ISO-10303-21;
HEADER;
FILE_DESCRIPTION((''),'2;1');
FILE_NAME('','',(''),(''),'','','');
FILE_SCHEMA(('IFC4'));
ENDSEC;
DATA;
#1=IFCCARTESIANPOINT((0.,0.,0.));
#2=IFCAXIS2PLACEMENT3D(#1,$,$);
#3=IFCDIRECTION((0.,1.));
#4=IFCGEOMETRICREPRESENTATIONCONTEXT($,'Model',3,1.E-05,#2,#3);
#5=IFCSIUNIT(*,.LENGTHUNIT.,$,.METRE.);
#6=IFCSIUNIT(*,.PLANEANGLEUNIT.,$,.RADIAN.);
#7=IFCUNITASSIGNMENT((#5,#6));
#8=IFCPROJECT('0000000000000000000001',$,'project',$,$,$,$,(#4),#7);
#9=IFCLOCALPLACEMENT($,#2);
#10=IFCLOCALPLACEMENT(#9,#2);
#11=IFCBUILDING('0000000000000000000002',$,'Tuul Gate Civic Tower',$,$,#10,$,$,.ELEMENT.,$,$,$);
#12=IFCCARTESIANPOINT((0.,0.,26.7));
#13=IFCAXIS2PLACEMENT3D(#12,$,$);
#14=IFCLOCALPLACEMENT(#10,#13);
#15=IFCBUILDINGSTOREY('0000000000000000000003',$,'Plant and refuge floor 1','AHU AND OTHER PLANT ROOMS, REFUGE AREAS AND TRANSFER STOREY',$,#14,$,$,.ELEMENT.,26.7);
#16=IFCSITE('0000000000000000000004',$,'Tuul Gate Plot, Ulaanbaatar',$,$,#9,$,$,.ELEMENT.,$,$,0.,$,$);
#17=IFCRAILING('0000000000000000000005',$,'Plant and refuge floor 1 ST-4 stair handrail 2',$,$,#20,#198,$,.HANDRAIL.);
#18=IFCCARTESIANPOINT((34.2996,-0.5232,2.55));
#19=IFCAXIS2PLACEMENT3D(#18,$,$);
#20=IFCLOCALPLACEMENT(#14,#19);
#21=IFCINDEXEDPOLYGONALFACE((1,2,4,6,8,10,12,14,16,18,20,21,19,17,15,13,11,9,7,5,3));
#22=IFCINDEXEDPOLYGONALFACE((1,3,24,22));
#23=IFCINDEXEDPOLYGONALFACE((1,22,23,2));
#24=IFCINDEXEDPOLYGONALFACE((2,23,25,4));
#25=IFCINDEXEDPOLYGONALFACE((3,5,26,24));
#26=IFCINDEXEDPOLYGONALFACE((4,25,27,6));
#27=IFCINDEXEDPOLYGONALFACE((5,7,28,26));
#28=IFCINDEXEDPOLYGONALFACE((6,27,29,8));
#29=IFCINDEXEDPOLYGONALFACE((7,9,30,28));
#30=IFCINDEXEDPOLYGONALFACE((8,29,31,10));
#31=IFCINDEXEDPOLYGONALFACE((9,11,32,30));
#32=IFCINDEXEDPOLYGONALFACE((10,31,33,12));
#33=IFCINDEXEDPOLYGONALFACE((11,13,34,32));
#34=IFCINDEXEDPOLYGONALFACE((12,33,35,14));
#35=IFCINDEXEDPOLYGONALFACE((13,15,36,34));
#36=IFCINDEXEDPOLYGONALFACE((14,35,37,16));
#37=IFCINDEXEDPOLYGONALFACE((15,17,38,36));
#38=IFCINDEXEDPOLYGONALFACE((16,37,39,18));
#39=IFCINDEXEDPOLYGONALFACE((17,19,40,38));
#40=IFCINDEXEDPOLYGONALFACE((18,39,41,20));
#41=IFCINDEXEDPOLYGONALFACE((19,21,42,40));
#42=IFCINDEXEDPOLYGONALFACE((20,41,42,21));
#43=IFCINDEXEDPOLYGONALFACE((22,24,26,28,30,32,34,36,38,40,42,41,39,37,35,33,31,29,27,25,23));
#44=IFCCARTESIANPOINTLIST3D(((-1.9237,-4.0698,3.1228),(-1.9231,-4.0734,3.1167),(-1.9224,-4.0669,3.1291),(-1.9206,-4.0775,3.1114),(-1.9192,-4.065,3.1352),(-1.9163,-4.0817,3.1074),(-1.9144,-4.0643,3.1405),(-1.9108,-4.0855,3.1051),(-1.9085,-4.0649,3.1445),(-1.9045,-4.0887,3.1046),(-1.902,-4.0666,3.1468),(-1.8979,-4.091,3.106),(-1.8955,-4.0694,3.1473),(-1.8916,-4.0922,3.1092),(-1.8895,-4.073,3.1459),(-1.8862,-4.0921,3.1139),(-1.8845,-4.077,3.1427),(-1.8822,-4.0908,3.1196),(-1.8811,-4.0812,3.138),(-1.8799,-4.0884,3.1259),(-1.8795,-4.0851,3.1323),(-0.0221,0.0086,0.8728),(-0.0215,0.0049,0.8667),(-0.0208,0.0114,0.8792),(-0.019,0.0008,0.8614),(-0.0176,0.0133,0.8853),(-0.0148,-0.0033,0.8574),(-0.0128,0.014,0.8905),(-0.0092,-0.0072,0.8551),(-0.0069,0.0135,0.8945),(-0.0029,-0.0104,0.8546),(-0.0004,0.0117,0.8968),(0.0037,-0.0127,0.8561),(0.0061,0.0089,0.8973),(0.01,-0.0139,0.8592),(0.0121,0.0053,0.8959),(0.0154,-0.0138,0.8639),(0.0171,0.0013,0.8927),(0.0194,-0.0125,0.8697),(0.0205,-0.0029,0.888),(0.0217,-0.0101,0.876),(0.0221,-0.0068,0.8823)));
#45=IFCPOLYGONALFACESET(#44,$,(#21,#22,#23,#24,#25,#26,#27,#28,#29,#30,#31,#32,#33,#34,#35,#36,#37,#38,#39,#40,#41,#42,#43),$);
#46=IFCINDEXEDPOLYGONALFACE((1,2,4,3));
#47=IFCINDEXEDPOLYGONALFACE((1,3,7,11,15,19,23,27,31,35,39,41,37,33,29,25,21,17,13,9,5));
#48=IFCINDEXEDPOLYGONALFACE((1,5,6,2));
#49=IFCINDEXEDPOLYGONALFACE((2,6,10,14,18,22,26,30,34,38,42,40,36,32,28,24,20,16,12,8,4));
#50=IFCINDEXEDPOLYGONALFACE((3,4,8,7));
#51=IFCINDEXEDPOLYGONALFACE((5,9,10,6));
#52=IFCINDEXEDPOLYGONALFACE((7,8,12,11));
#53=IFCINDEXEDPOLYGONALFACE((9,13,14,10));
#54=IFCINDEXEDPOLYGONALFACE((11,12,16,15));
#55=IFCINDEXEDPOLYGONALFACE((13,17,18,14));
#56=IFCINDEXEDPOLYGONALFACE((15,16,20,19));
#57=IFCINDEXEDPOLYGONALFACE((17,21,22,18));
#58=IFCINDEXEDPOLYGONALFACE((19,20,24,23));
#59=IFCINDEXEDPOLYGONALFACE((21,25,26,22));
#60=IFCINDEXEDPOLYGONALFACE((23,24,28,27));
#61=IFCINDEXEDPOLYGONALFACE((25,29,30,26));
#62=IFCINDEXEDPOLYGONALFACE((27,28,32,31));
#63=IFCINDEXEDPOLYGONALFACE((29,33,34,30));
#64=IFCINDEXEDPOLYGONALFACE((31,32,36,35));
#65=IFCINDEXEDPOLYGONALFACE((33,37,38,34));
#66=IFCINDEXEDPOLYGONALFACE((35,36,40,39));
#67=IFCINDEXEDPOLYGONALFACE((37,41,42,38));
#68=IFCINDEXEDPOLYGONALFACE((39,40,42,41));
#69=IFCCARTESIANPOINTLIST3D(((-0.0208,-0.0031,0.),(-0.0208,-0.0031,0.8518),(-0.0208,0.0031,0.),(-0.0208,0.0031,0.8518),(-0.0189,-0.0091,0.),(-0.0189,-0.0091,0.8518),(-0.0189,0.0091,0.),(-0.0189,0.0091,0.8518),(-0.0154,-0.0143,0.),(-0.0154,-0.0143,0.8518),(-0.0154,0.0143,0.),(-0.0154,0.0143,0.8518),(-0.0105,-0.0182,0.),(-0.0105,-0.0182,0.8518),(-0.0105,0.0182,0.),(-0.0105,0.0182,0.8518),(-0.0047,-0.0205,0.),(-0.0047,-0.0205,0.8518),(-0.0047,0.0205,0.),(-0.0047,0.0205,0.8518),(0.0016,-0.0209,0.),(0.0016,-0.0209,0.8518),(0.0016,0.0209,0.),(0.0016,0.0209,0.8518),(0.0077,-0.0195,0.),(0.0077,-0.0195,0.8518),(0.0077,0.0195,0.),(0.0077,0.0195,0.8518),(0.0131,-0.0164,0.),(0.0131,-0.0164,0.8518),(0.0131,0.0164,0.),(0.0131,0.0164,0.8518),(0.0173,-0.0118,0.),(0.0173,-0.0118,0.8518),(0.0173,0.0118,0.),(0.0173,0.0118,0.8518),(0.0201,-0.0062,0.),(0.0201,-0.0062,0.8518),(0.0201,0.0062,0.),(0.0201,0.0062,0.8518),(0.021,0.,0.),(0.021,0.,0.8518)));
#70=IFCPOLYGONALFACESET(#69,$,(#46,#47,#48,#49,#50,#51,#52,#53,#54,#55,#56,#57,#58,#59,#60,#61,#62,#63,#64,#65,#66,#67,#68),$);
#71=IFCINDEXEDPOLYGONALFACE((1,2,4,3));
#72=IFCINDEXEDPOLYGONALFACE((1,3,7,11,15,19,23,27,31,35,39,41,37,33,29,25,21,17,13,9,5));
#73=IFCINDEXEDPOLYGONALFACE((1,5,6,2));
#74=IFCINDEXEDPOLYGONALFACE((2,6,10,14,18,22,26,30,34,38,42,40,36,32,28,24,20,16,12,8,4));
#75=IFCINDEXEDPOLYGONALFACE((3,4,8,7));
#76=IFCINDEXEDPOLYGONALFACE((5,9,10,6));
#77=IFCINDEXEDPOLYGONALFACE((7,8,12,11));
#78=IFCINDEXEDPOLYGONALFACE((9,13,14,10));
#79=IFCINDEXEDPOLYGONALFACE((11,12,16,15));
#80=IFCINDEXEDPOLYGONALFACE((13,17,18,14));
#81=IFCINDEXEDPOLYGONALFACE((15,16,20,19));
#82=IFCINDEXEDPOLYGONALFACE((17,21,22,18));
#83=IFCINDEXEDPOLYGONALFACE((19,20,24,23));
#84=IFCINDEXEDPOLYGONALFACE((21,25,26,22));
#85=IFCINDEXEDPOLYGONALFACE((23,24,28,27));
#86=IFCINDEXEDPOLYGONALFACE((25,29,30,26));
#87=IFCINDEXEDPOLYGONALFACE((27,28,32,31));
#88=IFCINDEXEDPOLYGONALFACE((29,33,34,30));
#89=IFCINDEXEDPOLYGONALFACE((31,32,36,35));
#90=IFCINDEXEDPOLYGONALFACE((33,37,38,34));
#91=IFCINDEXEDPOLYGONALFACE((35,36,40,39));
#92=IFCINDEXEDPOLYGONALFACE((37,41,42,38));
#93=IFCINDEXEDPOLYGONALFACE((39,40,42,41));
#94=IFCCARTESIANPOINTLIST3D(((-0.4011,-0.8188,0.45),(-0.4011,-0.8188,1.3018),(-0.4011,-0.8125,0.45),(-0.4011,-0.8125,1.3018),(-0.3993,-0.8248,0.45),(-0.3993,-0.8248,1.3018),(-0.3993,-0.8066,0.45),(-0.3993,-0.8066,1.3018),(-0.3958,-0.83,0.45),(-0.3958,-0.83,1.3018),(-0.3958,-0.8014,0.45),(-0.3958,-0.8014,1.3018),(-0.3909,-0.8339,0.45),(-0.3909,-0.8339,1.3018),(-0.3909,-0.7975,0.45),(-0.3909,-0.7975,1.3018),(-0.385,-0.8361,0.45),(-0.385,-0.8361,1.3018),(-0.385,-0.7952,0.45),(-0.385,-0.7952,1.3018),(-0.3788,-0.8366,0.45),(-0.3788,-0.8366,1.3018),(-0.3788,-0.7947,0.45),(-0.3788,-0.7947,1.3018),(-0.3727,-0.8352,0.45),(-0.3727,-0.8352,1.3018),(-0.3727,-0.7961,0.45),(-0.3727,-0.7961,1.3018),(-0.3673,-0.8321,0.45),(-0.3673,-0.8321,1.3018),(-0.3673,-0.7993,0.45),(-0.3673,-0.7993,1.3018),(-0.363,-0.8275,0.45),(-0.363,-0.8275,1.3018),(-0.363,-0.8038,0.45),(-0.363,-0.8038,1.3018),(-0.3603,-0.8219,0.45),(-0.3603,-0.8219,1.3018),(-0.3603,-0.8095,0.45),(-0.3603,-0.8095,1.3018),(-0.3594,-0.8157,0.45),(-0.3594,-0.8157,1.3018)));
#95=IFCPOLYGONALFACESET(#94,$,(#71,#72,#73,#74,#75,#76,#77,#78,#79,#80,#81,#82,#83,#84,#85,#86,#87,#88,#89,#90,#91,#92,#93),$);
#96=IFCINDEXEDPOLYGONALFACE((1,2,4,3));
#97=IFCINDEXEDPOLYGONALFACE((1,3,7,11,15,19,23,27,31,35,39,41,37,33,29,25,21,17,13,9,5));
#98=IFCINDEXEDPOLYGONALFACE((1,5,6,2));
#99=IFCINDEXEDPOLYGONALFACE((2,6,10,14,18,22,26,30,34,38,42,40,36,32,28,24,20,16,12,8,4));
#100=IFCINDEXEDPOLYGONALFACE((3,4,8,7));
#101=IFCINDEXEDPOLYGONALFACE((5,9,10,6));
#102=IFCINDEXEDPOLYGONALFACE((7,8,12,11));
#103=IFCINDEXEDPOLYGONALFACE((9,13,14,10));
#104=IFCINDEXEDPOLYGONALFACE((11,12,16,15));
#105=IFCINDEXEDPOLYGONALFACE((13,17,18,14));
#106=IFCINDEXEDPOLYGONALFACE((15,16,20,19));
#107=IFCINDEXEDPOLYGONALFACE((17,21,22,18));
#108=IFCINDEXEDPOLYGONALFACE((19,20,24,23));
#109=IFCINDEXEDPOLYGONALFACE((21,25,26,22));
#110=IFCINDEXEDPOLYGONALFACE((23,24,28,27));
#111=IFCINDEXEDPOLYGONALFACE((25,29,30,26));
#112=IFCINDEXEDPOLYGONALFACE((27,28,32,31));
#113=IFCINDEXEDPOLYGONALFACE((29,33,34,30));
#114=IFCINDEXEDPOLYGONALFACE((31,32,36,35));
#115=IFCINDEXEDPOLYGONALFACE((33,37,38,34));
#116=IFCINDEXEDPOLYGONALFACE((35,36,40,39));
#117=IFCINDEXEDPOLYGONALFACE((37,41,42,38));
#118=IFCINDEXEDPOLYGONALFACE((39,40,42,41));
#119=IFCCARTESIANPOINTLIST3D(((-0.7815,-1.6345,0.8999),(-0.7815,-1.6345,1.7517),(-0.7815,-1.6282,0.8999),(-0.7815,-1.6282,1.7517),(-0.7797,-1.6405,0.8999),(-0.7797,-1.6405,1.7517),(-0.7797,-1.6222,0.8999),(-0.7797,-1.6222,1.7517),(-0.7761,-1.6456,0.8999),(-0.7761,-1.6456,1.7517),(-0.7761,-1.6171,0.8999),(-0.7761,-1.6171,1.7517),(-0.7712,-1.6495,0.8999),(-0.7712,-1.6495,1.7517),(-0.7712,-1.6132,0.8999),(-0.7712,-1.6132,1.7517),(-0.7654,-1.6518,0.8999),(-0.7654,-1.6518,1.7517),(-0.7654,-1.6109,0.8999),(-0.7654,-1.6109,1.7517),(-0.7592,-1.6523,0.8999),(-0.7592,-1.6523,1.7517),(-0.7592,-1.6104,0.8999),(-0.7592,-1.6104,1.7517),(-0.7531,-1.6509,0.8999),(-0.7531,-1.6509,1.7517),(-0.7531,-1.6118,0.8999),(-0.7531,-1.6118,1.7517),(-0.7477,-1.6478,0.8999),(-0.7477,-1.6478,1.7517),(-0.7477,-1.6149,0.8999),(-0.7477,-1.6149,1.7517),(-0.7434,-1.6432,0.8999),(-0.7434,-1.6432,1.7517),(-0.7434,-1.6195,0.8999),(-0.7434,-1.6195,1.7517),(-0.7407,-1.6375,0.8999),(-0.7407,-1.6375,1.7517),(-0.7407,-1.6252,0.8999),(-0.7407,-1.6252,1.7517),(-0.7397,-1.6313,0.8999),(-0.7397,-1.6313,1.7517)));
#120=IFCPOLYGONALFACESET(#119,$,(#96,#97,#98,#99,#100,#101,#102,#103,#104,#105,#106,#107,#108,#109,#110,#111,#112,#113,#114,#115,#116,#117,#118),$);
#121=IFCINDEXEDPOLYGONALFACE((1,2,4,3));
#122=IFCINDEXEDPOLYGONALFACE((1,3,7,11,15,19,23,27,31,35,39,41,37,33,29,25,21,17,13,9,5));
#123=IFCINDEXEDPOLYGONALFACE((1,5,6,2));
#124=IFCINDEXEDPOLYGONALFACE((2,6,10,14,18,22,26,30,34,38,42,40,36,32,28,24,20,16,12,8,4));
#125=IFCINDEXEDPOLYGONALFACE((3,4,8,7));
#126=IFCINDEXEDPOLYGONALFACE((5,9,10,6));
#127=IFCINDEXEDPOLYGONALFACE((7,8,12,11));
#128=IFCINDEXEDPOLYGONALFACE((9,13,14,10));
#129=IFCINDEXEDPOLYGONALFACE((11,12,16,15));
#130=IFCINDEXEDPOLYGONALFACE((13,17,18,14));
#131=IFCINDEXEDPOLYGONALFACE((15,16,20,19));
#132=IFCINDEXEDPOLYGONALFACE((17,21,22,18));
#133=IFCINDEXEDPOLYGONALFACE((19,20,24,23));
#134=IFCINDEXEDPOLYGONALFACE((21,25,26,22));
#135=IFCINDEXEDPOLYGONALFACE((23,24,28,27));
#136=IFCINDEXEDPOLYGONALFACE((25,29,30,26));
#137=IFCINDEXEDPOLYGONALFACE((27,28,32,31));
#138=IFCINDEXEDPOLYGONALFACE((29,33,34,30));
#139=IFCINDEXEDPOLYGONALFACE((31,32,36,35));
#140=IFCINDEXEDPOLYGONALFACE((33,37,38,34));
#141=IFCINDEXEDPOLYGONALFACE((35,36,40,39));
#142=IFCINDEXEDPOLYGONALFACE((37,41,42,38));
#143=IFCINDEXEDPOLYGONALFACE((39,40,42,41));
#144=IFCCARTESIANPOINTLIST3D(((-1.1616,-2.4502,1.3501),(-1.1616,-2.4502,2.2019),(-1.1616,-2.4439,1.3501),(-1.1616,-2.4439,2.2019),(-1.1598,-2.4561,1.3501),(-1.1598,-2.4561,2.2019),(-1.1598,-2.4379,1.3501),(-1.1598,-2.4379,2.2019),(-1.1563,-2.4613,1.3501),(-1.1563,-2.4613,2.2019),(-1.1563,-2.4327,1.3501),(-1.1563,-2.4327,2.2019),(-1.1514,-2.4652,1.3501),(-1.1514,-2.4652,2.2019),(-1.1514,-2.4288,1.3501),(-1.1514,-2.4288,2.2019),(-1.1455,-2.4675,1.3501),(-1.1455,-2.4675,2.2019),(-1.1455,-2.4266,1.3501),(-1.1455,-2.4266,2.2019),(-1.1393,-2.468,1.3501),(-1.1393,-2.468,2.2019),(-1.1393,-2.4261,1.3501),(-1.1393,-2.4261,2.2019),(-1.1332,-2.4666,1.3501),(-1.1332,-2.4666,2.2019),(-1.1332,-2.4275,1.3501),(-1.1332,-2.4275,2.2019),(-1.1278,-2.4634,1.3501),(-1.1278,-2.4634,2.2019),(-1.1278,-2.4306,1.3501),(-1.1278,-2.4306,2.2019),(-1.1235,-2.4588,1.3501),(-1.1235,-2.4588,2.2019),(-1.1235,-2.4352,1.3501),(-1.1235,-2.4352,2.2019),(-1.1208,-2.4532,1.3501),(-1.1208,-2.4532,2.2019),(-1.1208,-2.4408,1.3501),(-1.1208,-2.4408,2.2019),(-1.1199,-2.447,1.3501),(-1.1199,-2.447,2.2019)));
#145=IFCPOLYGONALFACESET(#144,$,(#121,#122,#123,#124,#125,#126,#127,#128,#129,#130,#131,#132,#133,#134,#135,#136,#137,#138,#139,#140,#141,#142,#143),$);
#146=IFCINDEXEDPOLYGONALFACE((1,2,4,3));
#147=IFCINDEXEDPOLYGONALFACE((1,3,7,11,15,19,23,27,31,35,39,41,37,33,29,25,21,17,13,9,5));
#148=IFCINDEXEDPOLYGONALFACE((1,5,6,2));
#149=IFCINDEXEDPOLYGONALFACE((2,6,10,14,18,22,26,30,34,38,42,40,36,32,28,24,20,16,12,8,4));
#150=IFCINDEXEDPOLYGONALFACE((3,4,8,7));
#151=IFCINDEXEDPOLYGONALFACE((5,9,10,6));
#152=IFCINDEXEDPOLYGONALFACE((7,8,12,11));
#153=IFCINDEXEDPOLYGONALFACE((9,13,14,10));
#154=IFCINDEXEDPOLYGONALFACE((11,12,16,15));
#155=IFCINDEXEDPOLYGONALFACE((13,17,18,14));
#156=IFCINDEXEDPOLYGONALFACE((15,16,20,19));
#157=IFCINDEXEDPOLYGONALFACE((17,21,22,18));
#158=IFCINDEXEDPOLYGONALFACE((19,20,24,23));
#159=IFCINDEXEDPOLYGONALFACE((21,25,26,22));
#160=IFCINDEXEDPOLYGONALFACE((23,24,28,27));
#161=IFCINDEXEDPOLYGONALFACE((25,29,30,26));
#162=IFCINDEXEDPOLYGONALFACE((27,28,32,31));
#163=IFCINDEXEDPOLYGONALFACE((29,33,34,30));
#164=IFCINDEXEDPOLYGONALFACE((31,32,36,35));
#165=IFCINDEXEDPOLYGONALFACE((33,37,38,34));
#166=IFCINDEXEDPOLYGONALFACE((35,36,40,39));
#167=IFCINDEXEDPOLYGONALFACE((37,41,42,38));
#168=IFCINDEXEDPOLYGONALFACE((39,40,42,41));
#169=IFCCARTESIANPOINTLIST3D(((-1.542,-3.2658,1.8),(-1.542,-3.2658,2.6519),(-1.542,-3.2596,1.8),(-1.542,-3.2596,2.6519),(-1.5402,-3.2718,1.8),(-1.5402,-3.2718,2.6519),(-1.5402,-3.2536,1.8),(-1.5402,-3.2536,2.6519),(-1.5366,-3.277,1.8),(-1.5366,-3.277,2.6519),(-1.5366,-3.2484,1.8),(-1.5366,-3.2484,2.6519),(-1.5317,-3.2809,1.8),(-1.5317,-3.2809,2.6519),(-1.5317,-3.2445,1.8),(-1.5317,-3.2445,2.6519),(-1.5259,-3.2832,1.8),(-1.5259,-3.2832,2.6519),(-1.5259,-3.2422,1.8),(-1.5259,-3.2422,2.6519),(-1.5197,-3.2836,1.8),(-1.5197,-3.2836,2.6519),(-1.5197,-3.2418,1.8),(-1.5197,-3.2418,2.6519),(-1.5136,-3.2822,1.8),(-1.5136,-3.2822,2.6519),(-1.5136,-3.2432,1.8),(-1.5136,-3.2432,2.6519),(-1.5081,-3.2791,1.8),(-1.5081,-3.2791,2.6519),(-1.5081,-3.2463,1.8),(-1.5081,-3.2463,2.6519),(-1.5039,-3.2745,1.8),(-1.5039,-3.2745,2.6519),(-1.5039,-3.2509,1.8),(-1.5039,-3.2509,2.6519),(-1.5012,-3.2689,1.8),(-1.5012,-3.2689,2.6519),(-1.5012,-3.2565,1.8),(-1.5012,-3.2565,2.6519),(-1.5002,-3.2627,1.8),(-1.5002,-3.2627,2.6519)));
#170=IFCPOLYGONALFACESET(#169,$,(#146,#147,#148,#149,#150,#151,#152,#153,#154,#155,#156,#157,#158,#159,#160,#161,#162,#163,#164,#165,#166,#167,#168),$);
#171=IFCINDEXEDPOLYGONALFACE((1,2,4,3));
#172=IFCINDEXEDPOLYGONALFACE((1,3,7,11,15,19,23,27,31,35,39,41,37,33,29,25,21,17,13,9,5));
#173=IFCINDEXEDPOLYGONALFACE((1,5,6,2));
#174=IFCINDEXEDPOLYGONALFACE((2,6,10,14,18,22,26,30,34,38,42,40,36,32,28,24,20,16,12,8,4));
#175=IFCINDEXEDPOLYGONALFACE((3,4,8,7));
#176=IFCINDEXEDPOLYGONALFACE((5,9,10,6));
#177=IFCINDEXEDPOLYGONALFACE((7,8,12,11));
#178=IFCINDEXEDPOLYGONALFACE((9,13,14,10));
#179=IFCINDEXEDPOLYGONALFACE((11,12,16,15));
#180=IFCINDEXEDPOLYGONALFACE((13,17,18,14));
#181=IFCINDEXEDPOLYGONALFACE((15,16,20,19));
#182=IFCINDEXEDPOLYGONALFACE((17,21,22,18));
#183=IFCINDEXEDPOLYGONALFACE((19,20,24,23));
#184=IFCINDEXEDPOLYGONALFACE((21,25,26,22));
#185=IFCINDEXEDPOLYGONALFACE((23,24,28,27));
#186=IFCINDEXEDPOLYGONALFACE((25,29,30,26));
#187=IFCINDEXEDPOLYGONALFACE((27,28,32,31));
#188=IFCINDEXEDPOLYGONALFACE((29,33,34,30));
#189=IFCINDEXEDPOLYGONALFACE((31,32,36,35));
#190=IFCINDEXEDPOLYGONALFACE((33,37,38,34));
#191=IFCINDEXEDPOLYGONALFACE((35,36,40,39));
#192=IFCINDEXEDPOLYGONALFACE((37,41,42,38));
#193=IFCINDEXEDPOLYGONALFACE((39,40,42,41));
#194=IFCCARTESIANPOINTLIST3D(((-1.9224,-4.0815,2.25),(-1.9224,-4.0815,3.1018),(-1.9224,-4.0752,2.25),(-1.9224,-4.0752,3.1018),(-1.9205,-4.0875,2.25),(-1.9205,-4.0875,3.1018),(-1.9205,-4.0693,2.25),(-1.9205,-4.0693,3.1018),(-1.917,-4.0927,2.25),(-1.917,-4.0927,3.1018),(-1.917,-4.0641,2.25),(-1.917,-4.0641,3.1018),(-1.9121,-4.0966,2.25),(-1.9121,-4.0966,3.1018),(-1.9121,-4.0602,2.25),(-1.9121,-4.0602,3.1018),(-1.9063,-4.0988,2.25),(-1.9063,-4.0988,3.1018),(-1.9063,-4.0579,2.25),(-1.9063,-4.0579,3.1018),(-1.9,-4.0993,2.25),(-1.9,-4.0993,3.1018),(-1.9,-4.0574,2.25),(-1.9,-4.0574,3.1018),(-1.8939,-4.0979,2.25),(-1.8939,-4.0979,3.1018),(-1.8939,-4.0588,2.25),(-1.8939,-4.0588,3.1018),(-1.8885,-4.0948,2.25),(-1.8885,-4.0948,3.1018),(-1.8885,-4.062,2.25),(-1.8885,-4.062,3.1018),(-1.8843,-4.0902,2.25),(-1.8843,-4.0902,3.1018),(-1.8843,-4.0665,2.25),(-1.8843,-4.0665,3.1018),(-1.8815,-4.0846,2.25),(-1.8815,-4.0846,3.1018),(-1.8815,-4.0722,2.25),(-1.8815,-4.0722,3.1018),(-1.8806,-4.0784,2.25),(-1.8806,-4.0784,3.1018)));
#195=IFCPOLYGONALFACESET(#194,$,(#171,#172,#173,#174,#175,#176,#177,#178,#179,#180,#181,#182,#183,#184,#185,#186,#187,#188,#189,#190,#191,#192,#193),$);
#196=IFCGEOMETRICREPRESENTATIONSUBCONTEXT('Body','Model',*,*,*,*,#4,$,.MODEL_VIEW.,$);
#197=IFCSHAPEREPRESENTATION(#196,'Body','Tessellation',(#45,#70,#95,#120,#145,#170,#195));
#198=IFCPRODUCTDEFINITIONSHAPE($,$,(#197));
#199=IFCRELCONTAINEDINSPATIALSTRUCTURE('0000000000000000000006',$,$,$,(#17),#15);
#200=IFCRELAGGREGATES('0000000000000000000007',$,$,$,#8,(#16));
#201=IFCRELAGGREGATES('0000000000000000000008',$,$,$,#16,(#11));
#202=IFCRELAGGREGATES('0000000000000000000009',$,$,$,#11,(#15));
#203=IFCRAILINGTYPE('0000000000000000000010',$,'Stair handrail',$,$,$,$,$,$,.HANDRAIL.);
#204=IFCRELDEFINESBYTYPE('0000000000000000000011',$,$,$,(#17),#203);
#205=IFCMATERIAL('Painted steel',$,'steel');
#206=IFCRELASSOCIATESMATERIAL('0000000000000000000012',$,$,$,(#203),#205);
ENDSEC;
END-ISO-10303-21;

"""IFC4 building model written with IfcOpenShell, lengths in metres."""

from ifc_helpers import new_model, si_unit, direction, frame, origin, origin_2d, place, context, subcontext, project, spatial, circle, extrude, material, type_object, element, save


model = new_model("IFC4")

# Units and contexts
model_context = context("Model", 3, precision=1e-05, world=origin(), true_north=direction((0.0, 1.0)))
body_context = subcontext(model_context, "Body", "Model", "MODEL_VIEW")
ifc_project = project(units=[si_unit("LENGTHUNIT", "METRE"), si_unit("PLANEANGLEUNIT", "RADIAN")], contexts=[model_context])

# Site, building, storey
site_placement = place(None, origin())
site = spatial("IfcSite", under=ifc_project, at=site_placement, Name="Tuul Gate Plot, Ulaanbaatar", CompositionType="ELEMENT", RefElevation=0.0)
building_placement = place(site_placement, origin())
building = spatial("IfcBuilding", under=site, at=building_placement, Name="Tuul Gate Civic Tower", CompositionType="ELEMENT")
storey_placement = place(building_placement, frame((0.0, 0.0, 26.7)))
storey = spatial("IfcBuildingStorey", under=building, at=storey_placement, Name="Plant and refuge floor 1", Description="AHU AND OTHER PLANT ROOMS, REFUGE AREAS AND TRANSFER STOREY", CompositionType="ELEMENT", Elevation=26.7)

# Railing
ifc_material_1 = material(Name="Painted steel", Category="steel")
railing_type = type_object("IfcRailingType", Name="Stair handrail", PredefinedType="HANDRAIL", material=ifc_material_1)
railing_placement = place(storey_placement, frame((34.2996, -0.5232, 2.55)))
element("IfcRailing", 1, at=railing_placement, inside=storey, type_object=railing_type, Name="Plant and refuge floor 1 ST-4 stair handrail 2", PredefinedType="HANDRAIL", context=body_context, shape_type="SweptSolid", body=[
    extrude(circle(Radius=0.0239, at=origin_2d()), frame((0.0, 0.0, 0.876), z_axis=(-0.377973, -0.810636, 0.44722), x_axis=(0.906322, -0.422588, 0.0)), (0.0, 0.0, 1.0), 5.031),
    extrude(circle(Radius=0.021, at=origin_2d()), origin(), (0.0, 0.0, 1.0), 0.8518),
    extrude(circle(Radius=0.021, at=origin_2d()), frame((-0.3804, -0.8157, 0.45)), (0.0, 0.0, 1.0), 0.8518),
    extrude(circle(Radius=0.021, at=origin_2d()), frame((-0.7607, -1.6313, 0.8999)), (0.0, 0.0, 1.0), 0.8518),
    extrude(circle(Radius=0.021, at=origin_2d()), frame((-1.1409, -2.447, 1.3501)), (0.0, 0.0, 1.0), 0.8518),
    extrude(circle(Radius=0.021, at=origin_2d()), frame((-1.5212, -3.2627, 1.8)), (0.0, 0.0, 1.0), 0.8518),
    extrude(circle(Radius=0.021, at=origin_2d()), frame((-1.9016, -4.0784, 2.25)), (0.0, 0.0, 1.0), 0.8518),
])

save(model, "model.ifc")
